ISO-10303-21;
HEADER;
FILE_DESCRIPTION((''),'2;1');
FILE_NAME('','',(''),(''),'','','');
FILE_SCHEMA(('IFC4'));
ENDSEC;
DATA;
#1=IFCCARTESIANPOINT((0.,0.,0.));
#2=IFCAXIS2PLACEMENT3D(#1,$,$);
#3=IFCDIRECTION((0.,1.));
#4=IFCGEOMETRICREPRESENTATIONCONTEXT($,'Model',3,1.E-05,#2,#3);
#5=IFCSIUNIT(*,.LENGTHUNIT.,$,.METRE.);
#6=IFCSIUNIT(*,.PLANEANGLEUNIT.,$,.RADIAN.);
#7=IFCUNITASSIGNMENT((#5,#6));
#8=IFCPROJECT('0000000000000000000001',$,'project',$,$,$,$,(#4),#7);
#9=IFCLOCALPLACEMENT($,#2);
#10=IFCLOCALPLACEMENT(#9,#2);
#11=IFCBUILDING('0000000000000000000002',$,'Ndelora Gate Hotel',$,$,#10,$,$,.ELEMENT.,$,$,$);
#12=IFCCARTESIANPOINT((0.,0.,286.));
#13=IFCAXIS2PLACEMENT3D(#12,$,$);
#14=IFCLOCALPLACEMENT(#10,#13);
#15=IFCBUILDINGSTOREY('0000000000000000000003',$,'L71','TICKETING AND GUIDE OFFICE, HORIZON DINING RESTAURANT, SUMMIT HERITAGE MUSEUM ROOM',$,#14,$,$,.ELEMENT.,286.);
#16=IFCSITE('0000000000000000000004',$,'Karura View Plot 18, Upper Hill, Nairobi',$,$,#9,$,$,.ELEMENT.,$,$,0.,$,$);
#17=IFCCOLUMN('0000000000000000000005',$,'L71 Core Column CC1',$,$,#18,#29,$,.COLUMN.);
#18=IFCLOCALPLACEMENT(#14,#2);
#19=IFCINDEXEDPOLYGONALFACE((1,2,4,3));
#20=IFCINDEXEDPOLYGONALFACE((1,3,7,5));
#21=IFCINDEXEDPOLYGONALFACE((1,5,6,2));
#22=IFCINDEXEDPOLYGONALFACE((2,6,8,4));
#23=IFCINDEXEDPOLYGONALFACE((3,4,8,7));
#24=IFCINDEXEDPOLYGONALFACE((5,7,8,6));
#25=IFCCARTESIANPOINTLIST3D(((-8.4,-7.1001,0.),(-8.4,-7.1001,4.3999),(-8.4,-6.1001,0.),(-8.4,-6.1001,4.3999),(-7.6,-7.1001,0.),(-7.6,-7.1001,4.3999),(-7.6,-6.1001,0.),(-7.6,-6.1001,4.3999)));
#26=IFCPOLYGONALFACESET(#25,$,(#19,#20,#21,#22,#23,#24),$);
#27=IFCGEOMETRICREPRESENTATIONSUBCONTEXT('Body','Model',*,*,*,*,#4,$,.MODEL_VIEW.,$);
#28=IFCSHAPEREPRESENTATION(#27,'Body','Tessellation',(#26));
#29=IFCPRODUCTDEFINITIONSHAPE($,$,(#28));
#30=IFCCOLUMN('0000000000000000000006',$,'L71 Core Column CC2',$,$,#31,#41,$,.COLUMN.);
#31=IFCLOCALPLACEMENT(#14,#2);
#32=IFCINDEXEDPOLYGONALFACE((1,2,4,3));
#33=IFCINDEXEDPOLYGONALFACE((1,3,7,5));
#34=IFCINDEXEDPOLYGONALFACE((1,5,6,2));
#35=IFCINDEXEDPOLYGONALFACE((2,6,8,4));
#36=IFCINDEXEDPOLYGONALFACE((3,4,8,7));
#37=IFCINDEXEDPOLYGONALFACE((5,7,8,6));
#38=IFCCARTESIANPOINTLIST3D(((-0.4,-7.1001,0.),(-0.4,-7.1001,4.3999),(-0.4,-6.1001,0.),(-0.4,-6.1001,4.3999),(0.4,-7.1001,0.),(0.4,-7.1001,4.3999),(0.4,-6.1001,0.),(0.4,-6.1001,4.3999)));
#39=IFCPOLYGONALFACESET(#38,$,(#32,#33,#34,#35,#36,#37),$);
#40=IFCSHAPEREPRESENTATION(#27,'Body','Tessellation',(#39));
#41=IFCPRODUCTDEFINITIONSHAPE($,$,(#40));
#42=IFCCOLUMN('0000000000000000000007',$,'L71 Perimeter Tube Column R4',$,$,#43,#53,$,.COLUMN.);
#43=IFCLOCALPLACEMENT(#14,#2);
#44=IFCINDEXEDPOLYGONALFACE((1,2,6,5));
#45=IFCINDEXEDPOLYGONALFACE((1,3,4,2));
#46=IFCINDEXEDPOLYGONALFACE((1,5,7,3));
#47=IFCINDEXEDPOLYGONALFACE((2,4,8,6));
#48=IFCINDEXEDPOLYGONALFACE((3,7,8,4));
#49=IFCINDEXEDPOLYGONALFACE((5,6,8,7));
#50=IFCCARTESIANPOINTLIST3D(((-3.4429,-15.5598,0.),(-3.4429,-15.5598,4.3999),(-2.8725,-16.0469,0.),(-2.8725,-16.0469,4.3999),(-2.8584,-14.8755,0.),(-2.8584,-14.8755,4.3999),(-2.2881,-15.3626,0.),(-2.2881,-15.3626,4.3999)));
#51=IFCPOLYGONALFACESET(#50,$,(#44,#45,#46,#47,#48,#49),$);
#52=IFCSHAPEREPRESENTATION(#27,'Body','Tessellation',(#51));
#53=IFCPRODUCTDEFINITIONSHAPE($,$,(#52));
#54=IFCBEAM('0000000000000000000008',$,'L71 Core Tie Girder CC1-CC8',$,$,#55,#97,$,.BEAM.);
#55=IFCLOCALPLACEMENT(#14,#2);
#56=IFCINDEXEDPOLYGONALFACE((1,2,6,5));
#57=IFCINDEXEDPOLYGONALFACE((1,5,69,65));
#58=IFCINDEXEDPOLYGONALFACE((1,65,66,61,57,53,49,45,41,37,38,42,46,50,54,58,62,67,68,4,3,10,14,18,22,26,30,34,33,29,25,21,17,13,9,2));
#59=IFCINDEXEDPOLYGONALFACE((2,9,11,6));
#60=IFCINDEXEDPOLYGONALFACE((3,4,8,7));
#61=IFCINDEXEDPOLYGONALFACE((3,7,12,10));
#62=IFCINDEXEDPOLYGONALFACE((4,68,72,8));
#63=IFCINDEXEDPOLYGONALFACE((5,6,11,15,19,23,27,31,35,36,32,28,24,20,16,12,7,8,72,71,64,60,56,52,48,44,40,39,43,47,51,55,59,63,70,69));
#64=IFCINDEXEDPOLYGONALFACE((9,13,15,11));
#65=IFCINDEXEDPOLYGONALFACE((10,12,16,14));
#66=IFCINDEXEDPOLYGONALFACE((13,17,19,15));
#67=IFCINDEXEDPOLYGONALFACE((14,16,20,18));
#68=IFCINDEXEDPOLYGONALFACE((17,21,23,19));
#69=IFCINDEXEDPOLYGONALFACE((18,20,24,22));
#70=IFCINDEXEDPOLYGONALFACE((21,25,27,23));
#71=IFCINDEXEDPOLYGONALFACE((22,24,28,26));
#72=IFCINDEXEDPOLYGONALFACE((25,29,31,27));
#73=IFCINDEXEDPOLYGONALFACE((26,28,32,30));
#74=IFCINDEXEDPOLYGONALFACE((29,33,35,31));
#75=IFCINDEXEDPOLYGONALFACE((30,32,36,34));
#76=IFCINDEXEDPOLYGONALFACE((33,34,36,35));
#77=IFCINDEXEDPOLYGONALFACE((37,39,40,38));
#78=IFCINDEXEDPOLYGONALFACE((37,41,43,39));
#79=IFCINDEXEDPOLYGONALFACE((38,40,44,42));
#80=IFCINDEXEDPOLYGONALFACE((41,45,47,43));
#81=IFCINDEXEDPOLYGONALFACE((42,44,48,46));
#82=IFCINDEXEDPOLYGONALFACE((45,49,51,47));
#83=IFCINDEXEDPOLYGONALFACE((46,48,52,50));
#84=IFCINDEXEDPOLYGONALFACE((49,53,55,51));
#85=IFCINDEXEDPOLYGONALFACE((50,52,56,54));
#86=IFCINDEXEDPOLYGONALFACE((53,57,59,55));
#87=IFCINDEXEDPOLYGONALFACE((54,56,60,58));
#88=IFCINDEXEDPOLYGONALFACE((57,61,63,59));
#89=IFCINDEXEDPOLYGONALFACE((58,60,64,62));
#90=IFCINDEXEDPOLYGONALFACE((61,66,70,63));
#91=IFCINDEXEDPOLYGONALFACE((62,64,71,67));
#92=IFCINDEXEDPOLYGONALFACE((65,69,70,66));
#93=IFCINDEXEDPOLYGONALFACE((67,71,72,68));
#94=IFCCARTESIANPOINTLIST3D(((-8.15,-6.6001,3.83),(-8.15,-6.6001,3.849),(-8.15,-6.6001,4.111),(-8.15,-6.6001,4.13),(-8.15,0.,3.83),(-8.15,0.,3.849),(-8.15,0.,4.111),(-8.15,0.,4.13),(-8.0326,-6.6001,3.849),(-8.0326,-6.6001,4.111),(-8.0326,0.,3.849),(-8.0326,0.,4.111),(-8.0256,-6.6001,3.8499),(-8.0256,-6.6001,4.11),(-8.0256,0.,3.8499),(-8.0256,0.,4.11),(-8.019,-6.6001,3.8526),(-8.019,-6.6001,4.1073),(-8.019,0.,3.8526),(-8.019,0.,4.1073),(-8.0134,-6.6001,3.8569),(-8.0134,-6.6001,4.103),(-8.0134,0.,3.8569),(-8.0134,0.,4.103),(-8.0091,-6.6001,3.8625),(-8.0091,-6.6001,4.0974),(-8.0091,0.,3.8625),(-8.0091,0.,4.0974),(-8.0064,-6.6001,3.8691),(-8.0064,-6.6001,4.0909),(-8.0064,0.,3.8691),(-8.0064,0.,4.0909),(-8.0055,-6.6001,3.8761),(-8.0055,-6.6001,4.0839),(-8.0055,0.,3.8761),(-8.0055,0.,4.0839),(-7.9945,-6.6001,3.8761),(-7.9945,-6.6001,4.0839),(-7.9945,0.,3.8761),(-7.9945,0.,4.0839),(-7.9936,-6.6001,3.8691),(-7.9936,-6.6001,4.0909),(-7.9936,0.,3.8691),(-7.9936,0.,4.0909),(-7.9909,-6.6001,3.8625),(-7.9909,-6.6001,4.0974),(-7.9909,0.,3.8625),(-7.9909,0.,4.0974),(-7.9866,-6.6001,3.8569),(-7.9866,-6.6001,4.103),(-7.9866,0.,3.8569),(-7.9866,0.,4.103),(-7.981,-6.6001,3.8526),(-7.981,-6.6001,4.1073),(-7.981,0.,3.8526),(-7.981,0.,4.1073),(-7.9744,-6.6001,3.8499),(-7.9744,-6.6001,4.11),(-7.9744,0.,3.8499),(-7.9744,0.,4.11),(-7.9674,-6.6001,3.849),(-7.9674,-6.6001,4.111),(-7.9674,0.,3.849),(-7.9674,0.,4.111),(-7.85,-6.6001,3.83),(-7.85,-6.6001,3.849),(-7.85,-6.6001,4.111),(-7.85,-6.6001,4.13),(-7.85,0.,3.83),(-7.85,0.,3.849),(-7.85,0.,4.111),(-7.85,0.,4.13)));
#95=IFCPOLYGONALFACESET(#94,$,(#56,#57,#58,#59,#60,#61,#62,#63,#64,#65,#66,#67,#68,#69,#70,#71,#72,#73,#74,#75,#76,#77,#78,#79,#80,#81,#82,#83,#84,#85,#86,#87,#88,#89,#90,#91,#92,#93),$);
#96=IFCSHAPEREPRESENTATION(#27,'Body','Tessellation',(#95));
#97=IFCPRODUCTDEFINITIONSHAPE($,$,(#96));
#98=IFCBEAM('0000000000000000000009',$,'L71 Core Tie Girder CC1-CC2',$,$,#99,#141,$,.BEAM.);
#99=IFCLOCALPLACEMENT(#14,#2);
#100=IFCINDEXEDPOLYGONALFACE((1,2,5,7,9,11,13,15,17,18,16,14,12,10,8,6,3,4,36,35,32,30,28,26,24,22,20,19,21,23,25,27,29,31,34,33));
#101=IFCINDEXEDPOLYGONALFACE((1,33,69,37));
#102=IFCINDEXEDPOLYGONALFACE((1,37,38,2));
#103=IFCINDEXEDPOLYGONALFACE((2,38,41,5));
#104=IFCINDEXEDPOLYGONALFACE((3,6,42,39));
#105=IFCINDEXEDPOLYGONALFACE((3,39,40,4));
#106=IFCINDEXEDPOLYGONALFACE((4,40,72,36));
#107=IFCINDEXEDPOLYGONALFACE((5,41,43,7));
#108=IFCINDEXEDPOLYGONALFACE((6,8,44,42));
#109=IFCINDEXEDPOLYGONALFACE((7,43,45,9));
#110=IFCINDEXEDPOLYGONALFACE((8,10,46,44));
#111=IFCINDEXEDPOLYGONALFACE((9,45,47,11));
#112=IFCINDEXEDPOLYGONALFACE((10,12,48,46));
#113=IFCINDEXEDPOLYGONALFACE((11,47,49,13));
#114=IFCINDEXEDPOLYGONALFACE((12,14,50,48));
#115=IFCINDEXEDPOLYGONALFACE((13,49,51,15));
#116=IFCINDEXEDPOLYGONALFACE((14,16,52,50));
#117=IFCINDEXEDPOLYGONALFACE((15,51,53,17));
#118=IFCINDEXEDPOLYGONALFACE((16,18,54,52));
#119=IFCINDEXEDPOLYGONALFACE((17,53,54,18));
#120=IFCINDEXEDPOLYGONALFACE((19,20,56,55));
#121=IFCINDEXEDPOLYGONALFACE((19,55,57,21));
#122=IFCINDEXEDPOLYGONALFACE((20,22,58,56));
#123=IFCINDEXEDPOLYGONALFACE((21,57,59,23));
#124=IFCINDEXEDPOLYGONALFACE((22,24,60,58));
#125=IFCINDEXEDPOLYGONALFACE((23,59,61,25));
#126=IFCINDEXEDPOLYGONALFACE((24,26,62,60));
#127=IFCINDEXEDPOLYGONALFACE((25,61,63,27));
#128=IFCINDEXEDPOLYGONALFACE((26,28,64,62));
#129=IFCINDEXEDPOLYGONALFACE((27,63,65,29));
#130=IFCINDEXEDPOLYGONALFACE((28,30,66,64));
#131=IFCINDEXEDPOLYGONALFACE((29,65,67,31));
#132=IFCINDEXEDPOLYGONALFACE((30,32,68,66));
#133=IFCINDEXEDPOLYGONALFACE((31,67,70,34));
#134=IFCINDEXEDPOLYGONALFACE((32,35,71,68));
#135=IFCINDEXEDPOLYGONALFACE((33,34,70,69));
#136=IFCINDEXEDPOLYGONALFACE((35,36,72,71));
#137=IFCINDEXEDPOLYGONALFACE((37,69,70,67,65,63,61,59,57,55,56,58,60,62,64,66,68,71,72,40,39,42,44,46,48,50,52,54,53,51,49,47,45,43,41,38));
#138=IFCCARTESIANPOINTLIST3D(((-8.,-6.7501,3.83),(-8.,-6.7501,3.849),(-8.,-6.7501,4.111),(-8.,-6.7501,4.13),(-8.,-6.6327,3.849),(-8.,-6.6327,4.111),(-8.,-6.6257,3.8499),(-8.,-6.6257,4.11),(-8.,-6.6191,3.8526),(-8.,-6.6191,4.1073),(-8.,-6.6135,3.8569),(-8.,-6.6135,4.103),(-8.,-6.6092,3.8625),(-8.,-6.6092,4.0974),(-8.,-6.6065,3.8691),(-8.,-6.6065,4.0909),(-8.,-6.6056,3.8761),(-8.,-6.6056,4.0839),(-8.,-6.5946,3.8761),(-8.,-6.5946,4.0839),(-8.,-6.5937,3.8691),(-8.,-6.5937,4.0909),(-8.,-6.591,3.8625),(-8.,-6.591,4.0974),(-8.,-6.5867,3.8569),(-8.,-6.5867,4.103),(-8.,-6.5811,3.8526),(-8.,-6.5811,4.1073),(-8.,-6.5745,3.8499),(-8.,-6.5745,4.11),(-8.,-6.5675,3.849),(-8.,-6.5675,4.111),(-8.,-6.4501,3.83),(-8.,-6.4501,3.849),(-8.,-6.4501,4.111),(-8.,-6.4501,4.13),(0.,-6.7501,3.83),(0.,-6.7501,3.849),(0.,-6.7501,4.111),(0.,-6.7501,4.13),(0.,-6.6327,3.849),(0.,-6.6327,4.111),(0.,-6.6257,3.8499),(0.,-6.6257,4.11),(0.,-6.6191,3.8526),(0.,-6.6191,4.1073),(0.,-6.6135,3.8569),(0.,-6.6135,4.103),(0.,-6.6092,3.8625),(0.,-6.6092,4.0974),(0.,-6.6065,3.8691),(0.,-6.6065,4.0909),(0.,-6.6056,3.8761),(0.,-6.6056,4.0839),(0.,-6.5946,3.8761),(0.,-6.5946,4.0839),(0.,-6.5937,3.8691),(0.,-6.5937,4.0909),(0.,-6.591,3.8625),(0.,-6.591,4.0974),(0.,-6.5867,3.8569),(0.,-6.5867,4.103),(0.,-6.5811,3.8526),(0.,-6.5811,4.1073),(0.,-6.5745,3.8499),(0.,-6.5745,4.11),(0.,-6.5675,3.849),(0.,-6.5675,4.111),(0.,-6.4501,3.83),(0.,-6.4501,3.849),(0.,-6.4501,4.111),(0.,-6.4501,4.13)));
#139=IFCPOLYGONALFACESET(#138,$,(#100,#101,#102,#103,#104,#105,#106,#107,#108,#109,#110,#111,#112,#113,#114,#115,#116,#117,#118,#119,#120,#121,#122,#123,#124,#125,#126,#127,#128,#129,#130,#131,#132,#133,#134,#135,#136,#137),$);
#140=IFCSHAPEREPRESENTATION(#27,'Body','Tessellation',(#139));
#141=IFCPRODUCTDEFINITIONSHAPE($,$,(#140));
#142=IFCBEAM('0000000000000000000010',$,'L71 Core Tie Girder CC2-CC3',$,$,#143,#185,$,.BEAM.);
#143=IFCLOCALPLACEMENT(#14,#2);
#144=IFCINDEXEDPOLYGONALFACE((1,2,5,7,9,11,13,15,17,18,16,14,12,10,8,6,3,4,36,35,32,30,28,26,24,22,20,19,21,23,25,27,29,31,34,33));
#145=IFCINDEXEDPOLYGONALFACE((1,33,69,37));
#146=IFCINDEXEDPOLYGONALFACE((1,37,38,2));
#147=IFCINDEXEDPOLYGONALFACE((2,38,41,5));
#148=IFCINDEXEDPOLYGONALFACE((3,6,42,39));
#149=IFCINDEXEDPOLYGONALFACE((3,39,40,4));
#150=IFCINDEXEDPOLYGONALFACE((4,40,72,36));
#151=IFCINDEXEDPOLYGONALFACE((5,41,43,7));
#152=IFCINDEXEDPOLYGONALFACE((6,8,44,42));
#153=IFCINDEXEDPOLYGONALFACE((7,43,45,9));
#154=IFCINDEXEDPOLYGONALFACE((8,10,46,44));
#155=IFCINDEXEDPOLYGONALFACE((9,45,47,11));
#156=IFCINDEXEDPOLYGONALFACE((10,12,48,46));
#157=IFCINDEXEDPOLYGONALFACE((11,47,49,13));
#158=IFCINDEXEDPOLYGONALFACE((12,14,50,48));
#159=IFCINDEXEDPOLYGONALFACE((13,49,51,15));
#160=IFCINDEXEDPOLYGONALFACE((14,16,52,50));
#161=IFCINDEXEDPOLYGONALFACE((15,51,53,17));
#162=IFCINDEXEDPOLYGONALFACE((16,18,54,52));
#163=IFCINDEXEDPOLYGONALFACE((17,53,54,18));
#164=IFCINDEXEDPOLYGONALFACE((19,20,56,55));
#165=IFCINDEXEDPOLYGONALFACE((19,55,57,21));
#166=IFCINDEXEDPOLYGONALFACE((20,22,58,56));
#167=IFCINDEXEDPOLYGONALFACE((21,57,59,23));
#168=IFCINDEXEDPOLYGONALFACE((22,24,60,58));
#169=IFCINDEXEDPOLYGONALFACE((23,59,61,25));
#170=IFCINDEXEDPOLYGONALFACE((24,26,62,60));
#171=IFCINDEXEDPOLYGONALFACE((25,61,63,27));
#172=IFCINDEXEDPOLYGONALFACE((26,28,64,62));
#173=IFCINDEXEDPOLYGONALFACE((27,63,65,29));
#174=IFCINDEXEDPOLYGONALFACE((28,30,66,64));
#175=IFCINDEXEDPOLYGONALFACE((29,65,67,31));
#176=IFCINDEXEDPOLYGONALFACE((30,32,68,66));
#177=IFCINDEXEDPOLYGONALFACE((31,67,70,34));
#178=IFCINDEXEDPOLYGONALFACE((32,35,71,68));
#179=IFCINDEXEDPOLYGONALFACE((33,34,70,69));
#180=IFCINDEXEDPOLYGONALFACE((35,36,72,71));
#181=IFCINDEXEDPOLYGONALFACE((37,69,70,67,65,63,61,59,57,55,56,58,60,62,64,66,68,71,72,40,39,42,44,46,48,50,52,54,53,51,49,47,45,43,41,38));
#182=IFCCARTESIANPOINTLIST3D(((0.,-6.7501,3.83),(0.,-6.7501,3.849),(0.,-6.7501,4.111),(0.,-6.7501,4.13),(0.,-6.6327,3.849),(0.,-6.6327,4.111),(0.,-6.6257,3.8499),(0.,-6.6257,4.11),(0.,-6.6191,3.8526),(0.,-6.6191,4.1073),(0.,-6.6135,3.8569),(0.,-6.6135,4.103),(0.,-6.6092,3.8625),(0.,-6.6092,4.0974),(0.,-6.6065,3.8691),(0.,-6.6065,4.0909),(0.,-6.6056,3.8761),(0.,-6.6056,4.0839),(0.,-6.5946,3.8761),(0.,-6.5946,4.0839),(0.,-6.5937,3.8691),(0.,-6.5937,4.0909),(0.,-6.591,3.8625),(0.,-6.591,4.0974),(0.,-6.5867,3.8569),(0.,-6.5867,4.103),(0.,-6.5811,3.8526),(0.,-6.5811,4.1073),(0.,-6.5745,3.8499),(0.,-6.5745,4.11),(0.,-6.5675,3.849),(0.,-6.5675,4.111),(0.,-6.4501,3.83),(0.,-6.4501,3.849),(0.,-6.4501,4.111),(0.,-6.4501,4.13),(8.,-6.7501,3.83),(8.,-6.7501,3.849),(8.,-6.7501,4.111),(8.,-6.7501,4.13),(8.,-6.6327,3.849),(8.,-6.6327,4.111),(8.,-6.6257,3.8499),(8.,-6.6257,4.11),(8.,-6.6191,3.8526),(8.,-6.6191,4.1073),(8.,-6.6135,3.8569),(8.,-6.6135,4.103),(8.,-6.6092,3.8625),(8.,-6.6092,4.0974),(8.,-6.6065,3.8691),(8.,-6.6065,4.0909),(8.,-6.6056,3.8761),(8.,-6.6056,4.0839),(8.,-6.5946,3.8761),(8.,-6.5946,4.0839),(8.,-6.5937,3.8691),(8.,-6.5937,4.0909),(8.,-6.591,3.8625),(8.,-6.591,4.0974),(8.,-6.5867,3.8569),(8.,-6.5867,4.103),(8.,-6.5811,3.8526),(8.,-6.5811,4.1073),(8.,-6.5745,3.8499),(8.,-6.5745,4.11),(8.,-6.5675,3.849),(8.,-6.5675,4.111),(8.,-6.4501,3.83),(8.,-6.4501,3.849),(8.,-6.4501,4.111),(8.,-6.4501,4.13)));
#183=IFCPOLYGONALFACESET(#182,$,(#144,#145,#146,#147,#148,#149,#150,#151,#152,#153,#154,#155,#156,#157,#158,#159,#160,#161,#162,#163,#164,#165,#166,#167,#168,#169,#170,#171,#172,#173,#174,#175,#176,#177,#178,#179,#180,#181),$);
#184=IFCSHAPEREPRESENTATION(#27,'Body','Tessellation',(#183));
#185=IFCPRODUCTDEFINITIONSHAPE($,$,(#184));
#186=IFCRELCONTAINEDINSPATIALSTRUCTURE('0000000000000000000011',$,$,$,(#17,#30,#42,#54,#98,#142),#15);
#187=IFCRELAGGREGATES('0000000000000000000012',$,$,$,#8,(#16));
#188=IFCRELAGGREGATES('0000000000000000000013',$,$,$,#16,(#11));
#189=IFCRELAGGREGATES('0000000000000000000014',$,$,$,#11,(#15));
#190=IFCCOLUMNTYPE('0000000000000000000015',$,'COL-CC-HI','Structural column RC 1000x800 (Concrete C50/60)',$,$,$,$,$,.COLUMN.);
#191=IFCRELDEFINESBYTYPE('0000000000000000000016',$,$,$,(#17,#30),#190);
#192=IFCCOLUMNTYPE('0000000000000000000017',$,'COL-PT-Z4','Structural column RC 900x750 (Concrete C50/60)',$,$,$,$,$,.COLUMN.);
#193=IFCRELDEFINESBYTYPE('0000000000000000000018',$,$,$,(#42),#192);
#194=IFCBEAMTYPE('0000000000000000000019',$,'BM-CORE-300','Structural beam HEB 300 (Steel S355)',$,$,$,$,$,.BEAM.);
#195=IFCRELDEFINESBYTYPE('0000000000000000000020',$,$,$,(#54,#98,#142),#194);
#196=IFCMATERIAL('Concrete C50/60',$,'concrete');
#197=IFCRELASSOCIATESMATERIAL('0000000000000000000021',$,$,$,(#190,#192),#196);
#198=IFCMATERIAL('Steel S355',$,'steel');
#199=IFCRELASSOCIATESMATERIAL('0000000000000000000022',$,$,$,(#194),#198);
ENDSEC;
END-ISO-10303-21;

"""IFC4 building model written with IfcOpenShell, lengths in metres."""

from ifc_helpers import new_model, si_unit, direction, frame, origin, origin_2d, place, context, subcontext, project, spatial, rectangle, i_section, extrude, material, material_profile, profile_set, type_object, element, save


model = new_model("IFC4")

# Units and contexts
model_context = context("Model", 3, precision=1e-05, world=origin(), true_north=direction((0.0, 1.0)))
body_context = subcontext(model_context, "Body", "Model", "MODEL_VIEW")
ifc_project = project(units=[si_unit("LENGTHUNIT", "METRE"), si_unit("PLANEANGLEUNIT", "RADIAN")], contexts=[model_context])

# Site, building, storey
site_placement = place(None, origin())
site = spatial("IfcSite", under=ifc_project, at=site_placement, Name="Karura View Plot 18, Upper Hill, Nairobi", CompositionType="ELEMENT", RefElevation=0.0)
building_placement = place(site_placement, origin())
building = spatial("IfcBuilding", under=site, at=building_placement, Name="Ndelora Gate Hotel", CompositionType="ELEMENT")
storey_placement = place(building_placement, frame((0.0, 0.0, 286.0)))
storey = spatial("IfcBuildingStorey", under=building, at=storey_placement, Name="L71", Description="TICKETING AND GUIDE OFFICE, HORIZON DINING RESTAURANT, SUMMIT HERITAGE MUSEUM ROOM", CompositionType="ELEMENT", Elevation=286.0)

# Columns
ifc_material_1 = material(Name="Concrete C50/60", Category="concrete")
ifc_material_profile_1 = material_profile(ifc_material_1, rectangle(XDim=0.8, YDim=1.0, at=origin_2d()), Name="RC 1000x800")
ifc_profile_set_1 = profile_set([ifc_material_profile_1], Name="Concrete C50/60")
column_type_1 = type_object("IfcColumnType", Name="COL-CC-HI", Description="Structural column RC 1000x800 (Concrete C50/60)", PredefinedType="COLUMN", material=ifc_profile_set_1)
for number, where, z_axis, x_axis, name in (
    (1, (-8.0, -6.6001, 0.0), (0.0, 0.0, 1.0), (1.0, 0.0, 0.0), "L71 Core Column CC1"),
    (2, (0.0, -6.6001, 0.0), (0.0, 0.0, 1.0), (1.0, 0.0, 0.0), "L71 Core Column CC2"),
):
    element("IfcColumn", number, at=place(storey_placement, frame(where, z_axis=z_axis, x_axis=x_axis)), inside=storey, type_object=column_type_1, Name=name, PredefinedType="COLUMN", context=body_context, shape_type="SweptSolid", body=[
        extrude(rectangle(XDim=0.8, YDim=1.0, at=origin_2d()), origin(), (0.0, 0.0, 1.0), 4.3999),
    ])
ifc_material_profile_2 = material_profile(ifc_material_1, rectangle(XDim=0.75, YDim=0.8999, at=origin_2d()), Name="RC 900x750")
ifc_profile_set_2 = profile_set([ifc_material_profile_2], Name="Concrete C50/60")
column_type_2 = type_object("IfcColumnType", Name="COL-PT-Z4", Description="Structural column RC 900x750 (Concrete C50/60)", PredefinedType="COLUMN", material=ifc_profile_set_2)
column_placement = place(storey_placement, frame((-2.8655, -15.4612, 0.0), z_axis=(0.0, 0.0, 1.0), x_axis=(-0.760406, 0.649448, 0.0)))
element("IfcColumn", 3, at=column_placement, inside=storey, type_object=column_type_2, Name="L71 Perimeter Tube Column R4", PredefinedType="COLUMN", context=body_context, shape_type="SweptSolid", body=[
    extrude(rectangle(XDim=0.75, YDim=0.8999, at=origin_2d()), origin(), (0.0, 0.0, 1.0), 4.3999),
])

# Beams
ifc_material_2 = material(Name="Steel S355", Category="steel")
ifc_material_profile_3 = material_profile(ifc_material_2, i_section(OverallWidth=0.3, OverallDepth=0.3, WebThickness=0.011, FlangeThickness=0.019, FilletRadius=0.0271, at=origin_2d()), Name="HEB 300")
ifc_profile_set_3 = profile_set([ifc_material_profile_3], Name="Steel S355")
beam_type_1 = type_object("IfcBeamType", Name="BM-CORE-300", Description="Structural beam HEB 300 (Steel S355)", PredefinedType="BEAM", material=ifc_profile_set_3)
beam_1_placement = place(storey_placement, frame((-8.0, -6.6001, 3.98), z_axis=(0.0, 1.0, 0.0), x_axis=(-1.0, 0.0, 0.0)))
element("IfcBeam", 4, at=beam_1_placement, inside=storey, type_object=beam_type_1, Name="L71 Core Tie Girder CC1-CC8", PredefinedType="BEAM", context=body_context, shape_type="SweptSolid", body=[
    extrude(i_section(OverallWidth=0.3, OverallDepth=0.3, WebThickness=0.011, FlangeThickness=0.019, FilletRadius=0.0271, at=origin_2d()), origin(), (0.0, 0.0, 1.0), 6.6001),
])
for number, where, z_axis, x_axis, name in (
    (5, (-8.0, -6.6001, 3.98), (1.0, 0.0, 0.0), (0.0, 1.0, 0.0), "L71 Core Tie Girder CC1-CC2"),
    (6, (0.0, -6.6001, 3.98), (1.0, 0.0, 0.0), (0.0, 1.0, 0.0), "L71 Core Tie Girder CC2-CC3"),
):
    element("IfcBeam", number, at=place(storey_placement, frame(where, z_axis=z_axis, x_axis=x_axis)), inside=storey, type_object=beam_type_1, Name=name, PredefinedType="BEAM", context=body_context, shape_type="SweptSolid", body=[
        extrude(i_section(OverallWidth=0.3, OverallDepth=0.3, WebThickness=0.011, FlangeThickness=0.019, FilletRadius=0.0271, at=origin_2d()), origin(), (0.0, 0.0, 1.0), 8.0),
    ])

save(model, "model.ifc")
